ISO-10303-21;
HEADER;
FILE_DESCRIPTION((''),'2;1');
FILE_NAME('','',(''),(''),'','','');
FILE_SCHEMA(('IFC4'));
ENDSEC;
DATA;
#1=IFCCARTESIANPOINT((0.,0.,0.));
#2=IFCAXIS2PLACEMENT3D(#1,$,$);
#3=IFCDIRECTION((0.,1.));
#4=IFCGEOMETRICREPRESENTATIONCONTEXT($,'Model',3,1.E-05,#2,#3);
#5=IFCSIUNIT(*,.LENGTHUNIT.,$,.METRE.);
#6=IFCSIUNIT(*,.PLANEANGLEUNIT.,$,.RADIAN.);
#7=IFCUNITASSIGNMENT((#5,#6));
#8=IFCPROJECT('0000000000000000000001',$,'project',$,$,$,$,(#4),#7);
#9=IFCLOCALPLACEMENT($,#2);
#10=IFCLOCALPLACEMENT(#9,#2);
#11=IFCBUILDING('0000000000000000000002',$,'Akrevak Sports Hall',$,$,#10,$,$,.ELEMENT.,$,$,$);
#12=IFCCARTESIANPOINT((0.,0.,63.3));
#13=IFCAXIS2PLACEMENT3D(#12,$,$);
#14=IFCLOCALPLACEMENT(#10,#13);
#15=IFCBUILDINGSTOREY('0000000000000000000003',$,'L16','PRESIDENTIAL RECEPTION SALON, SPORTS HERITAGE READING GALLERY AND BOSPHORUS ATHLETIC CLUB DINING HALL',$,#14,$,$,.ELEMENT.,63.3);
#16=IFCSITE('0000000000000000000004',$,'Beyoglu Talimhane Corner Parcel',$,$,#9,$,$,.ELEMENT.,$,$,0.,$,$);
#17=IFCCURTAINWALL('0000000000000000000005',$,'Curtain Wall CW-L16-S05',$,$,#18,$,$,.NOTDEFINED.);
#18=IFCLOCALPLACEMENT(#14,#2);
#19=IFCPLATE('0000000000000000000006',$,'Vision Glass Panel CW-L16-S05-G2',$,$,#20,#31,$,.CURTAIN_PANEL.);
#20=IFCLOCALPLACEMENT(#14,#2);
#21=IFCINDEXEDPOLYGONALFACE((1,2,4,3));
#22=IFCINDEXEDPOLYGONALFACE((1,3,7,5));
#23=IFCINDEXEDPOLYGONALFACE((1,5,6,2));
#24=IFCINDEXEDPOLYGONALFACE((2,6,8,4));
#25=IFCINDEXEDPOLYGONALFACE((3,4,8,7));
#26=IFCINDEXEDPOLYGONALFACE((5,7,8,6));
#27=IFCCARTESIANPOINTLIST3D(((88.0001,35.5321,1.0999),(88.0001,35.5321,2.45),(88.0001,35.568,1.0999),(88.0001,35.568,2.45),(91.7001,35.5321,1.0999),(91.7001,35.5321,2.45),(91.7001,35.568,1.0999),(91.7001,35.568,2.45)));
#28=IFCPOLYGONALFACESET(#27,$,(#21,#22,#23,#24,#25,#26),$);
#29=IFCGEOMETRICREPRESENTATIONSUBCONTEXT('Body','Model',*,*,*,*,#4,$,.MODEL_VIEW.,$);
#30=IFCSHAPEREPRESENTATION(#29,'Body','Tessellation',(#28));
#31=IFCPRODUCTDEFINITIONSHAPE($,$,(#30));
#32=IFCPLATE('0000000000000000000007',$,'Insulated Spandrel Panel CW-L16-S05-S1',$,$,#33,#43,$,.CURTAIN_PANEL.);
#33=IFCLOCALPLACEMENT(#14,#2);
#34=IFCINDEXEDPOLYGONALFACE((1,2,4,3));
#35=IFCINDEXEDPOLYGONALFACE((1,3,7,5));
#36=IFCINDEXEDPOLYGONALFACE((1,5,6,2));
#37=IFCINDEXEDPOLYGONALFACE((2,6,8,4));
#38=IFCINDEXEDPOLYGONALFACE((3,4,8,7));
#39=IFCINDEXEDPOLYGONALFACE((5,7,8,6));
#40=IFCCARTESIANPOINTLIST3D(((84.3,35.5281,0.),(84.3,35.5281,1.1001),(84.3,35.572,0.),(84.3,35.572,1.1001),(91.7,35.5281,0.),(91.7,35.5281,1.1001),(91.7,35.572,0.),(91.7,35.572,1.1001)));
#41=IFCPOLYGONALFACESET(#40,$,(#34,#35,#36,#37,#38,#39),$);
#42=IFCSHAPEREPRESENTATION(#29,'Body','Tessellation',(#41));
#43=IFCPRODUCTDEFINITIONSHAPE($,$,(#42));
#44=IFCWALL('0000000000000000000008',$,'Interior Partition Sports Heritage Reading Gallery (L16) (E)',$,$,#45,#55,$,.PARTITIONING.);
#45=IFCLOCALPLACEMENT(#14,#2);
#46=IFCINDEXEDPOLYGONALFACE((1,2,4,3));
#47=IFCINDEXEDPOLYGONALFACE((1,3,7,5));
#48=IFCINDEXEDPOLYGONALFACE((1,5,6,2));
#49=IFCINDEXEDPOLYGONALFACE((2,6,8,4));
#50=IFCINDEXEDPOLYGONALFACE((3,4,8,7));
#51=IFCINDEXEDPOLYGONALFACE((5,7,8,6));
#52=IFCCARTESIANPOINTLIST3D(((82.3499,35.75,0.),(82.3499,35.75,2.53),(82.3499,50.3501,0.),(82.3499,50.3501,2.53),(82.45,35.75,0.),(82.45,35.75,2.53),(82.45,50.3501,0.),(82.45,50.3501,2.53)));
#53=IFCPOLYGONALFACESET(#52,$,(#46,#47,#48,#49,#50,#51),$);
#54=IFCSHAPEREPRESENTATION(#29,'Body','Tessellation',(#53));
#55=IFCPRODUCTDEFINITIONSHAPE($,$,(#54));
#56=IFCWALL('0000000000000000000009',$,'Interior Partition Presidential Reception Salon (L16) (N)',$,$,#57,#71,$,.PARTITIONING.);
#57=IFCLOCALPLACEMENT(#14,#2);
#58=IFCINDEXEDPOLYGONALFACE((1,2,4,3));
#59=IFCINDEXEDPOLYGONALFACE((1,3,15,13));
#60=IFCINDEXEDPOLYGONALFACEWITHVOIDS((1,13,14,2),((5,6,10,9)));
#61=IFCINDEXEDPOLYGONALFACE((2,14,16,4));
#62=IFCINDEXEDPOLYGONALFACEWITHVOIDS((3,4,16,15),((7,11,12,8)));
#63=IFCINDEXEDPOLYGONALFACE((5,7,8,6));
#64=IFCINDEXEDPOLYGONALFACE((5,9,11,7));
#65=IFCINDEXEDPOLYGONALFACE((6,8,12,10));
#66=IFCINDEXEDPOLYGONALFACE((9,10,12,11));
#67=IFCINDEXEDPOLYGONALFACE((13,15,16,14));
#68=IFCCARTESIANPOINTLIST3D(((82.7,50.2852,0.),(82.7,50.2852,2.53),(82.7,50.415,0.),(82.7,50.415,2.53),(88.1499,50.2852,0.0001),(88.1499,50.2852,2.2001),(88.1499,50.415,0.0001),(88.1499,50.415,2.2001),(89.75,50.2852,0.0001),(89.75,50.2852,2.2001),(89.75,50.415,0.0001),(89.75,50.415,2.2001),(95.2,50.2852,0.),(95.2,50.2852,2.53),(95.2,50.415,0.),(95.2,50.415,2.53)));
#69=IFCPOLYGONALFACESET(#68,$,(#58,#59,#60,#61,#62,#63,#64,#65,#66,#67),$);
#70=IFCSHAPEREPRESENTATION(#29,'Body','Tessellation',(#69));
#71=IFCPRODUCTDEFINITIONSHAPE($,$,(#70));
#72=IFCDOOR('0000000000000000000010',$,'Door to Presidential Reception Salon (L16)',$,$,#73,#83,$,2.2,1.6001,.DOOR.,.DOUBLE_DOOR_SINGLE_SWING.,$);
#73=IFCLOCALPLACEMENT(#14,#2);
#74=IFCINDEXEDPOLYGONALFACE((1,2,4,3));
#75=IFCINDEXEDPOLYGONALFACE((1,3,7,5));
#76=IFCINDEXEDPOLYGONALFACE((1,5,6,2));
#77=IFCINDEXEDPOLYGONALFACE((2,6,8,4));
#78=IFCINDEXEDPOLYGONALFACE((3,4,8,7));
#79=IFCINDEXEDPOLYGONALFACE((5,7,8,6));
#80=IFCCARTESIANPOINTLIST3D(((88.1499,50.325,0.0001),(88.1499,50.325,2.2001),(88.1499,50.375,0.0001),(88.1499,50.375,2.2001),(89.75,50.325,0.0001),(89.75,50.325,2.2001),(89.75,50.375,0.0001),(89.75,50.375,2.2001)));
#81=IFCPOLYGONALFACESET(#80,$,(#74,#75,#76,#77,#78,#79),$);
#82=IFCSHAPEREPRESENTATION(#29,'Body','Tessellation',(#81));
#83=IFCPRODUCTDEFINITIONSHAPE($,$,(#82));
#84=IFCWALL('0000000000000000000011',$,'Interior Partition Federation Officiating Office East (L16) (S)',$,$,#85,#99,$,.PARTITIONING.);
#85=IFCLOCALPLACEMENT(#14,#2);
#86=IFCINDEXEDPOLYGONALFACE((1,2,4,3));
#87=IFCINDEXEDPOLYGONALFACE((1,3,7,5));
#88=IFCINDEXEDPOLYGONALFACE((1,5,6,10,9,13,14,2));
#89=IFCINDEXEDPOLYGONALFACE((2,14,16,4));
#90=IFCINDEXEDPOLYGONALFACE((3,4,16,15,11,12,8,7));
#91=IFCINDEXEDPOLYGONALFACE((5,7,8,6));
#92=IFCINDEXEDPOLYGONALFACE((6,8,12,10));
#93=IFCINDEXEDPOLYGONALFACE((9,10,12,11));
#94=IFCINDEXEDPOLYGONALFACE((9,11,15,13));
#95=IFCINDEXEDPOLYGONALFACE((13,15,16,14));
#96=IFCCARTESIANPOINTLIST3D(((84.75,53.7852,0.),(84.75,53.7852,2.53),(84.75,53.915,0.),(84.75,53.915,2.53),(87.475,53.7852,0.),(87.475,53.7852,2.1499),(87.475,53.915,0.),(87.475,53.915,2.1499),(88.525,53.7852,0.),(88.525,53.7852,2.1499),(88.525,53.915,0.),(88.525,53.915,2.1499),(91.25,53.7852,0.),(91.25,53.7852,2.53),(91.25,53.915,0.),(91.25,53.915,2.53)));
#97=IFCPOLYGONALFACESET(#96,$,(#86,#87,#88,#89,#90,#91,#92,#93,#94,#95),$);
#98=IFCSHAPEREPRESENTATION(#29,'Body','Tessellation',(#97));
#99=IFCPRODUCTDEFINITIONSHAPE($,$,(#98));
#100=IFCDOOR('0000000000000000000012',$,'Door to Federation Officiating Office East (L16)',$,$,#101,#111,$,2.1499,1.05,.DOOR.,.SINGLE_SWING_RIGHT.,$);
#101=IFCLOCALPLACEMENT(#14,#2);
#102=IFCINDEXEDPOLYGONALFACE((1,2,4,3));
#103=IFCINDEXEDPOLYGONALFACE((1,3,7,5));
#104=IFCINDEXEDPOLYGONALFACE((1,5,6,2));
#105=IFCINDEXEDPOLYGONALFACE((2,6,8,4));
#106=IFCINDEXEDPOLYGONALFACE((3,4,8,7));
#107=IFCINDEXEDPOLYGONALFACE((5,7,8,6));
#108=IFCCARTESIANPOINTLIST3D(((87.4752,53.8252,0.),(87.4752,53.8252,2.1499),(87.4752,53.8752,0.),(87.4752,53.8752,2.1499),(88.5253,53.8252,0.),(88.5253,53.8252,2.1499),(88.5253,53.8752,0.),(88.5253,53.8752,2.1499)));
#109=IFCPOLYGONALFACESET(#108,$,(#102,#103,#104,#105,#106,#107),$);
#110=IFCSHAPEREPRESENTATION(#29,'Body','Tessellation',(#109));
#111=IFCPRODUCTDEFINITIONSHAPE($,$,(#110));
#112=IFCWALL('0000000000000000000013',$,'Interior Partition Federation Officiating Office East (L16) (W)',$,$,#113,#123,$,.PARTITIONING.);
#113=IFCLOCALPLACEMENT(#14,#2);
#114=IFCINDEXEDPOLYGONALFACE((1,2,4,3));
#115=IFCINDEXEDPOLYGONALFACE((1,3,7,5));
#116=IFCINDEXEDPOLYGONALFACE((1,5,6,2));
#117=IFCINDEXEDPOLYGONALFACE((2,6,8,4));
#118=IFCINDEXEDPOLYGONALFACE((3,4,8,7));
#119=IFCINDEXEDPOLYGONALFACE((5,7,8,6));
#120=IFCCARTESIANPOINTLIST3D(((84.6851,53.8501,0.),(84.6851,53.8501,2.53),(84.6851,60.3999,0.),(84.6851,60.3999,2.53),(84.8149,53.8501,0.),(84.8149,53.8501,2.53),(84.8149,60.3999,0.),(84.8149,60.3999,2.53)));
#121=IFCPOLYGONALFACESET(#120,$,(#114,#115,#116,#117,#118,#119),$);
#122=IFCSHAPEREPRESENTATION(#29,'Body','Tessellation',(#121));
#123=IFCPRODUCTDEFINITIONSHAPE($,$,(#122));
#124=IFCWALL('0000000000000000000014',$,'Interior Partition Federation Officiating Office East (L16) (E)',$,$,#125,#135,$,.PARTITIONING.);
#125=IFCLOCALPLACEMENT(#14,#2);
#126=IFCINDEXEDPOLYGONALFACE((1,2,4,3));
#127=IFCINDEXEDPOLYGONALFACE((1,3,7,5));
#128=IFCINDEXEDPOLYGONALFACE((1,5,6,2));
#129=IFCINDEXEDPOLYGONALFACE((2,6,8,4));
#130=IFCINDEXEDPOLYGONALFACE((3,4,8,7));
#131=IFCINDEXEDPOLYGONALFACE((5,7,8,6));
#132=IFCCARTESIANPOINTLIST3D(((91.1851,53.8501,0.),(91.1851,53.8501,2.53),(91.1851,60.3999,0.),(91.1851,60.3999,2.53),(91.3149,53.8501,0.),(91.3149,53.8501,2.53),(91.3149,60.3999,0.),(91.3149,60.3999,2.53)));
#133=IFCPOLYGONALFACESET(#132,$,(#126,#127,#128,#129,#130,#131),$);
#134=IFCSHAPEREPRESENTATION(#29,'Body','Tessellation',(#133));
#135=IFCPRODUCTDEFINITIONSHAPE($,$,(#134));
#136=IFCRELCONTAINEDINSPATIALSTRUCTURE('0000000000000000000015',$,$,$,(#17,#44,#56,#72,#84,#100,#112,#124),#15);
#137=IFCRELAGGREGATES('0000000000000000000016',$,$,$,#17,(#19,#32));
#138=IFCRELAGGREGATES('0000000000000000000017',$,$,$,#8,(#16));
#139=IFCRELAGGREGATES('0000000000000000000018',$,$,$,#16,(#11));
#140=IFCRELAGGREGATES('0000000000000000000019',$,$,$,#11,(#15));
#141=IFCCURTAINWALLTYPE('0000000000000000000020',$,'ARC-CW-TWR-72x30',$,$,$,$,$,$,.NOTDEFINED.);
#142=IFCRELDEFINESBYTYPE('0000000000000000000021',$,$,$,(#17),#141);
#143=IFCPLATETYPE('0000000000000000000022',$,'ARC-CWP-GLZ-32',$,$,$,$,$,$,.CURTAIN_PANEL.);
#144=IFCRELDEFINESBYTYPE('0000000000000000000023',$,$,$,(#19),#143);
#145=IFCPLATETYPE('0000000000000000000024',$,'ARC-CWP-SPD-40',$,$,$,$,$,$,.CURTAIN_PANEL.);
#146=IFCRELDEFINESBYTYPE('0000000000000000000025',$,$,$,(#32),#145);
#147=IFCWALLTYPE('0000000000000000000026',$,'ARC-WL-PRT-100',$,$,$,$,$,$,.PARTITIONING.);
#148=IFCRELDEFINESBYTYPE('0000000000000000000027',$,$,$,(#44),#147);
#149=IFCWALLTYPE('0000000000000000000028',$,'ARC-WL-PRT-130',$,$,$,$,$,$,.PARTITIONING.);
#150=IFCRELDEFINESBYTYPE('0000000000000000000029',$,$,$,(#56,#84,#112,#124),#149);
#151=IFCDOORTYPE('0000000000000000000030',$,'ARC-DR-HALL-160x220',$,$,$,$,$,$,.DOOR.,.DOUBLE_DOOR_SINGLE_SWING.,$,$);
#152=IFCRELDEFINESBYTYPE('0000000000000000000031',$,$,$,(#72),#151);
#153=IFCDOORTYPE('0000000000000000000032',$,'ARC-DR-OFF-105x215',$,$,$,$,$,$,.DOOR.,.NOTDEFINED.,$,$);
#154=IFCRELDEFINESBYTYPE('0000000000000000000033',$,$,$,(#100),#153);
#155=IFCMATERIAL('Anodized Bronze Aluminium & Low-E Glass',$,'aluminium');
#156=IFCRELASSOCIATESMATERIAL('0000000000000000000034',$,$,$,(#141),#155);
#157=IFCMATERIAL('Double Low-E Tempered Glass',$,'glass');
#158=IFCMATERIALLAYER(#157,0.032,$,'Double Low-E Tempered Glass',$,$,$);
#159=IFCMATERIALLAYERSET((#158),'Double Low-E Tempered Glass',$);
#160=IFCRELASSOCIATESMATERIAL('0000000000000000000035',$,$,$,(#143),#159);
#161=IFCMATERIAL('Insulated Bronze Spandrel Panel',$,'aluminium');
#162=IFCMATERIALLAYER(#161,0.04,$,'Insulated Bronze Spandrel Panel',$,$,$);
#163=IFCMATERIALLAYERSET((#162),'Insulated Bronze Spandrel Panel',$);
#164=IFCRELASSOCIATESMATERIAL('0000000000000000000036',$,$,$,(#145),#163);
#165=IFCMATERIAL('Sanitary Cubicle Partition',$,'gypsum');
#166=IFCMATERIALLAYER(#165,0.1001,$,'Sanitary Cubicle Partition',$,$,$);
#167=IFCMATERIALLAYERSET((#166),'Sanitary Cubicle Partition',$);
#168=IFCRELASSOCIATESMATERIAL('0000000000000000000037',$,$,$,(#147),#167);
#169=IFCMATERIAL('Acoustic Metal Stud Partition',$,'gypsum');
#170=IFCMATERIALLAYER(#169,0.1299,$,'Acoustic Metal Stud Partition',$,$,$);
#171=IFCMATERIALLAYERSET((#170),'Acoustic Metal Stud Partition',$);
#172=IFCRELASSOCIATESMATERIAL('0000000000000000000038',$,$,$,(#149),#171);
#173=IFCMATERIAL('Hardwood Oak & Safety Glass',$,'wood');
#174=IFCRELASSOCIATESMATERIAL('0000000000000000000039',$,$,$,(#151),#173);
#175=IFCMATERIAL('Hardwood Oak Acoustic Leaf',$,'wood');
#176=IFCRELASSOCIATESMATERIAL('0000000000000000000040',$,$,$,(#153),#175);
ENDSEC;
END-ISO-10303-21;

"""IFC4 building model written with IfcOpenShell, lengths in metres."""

from ifc_helpers import new_model, si_unit, direction, frame, frame_2d, origin, origin_2d, place, context, subcontext, project, spatial, rectangle, extrude, material, layer, layer_set, type_object, element, fill, aggregate, save


model = new_model("IFC4")

# Units and contexts
model_context = context("Model", 3, precision=1e-05, world=origin(), true_north=direction((0.0, 1.0)))
body_context = subcontext(model_context, "Body", "Model", "MODEL_VIEW")
ifc_project = project(units=[si_unit("LENGTHUNIT", "METRE"), si_unit("PLANEANGLEUNIT", "RADIAN")], contexts=[model_context])

# Site, building, storey
site_placement = place(None, origin())
site = spatial("IfcSite", under=ifc_project, at=site_placement, Name="Beyoglu Talimhane Corner Parcel", CompositionType="ELEMENT", RefElevation=0.0)
building_placement = place(site_placement, origin())
building = spatial("IfcBuilding", under=site, at=building_placement, Name="Akrevak Sports Hall", CompositionType="ELEMENT")
storey_placement = place(building_placement, frame((0.0, 0.0, 63.3)))
storey = spatial("IfcBuildingStorey", under=building, at=storey_placement, Name="L16", Description="PRESIDENTIAL RECEPTION SALON, SPORTS HERITAGE READING GALLERY AND BOSPHORUS ATHLETIC CLUB DINING HALL", CompositionType="ELEMENT", Elevation=63.3)

# Curtain wall
ifc_material_1 = material(Name="Anodized Bronze Aluminium & Low-E Glass", Category="aluminium")
curtain_wall_type = type_object("IfcCurtainWallType", Name="ARC-CW-TWR-72x30", PredefinedType="NOTDEFINED", material=ifc_material_1)
curtain_wall_placement = place(storey_placement, origin())
curtain_wall = element("IfcCurtainWall", 1, at=curtain_wall_placement, inside=storey, type_object=curtain_wall_type, Name="Curtain Wall CW-L16-S05", PredefinedType="NOTDEFINED")

# Plates
ifc_material_2 = material(Name="Double Low-E Tempered Glass", Category="glass")
ifc_layer_1 = layer(ifc_material_2, 0.032, Name="Double Low-E Tempered Glass")
ifc_layer_set_1 = layer_set([ifc_layer_1], Name="Double Low-E Tempered Glass")
plate_type_1 = type_object("IfcPlateType", Name="ARC-CWP-GLZ-32", PredefinedType="CURTAIN_PANEL", material=ifc_layer_set_1)
plate_1_placement = place(storey_placement, frame((89.8501, 35.55, 1.0999), z_axis=(0.0, 0.0, 1.0), x_axis=(1.0, 0.0, 0.0)))
plate_1 = element("IfcPlate", 2, at=plate_1_placement, type_object=plate_type_1, Name="Vision Glass Panel CW-L16-S05-G2", PredefinedType="CURTAIN_PANEL", context=body_context, shape_type="SweptSolid", body=[
    extrude(rectangle(XDim=3.7, YDim=0.0359, at=origin_2d()), origin(), (0.0, 0.0, 1.0), 1.3501),
])
ifc_material_3 = material(Name="Insulated Bronze Spandrel Panel", Category="aluminium")
ifc_layer_2 = layer(ifc_material_3, 0.04, Name="Insulated Bronze Spandrel Panel")
ifc_layer_set_2 = layer_set([ifc_layer_2], Name="Insulated Bronze Spandrel Panel")
plate_type_2 = type_object("IfcPlateType", Name="ARC-CWP-SPD-40", PredefinedType="CURTAIN_PANEL", material=ifc_layer_set_2)
plate_2_placement = place(storey_placement, frame((88.0, 35.55, 0.0), z_axis=(0.0, 0.0, 1.0), x_axis=(1.0, 0.0, 0.0)))
plate_2 = element("IfcPlate", 3, at=plate_2_placement, type_object=plate_type_2, Name="Insulated Spandrel Panel CW-L16-S05-S1", PredefinedType="CURTAIN_PANEL", context=body_context, shape_type="SweptSolid", body=[
    extrude(rectangle(XDim=7.3999, YDim=0.0439, at=origin_2d()), origin(), (0.0, 0.0, 1.0), 1.1001),
])
aggregate(curtain_wall, [plate_1, plate_2])

# Wall
ifc_material_4 = material(Name="Sanitary Cubicle Partition", Category="gypsum")
ifc_layer_3 = layer(ifc_material_4, 0.1001, Name="Sanitary Cubicle Partition")
ifc_layer_set_3 = layer_set([ifc_layer_3], Name="Sanitary Cubicle Partition")
wall_type_1 = type_object("IfcWallType", Name="ARC-WL-PRT-100", PredefinedType="PARTITIONING", material=ifc_layer_set_3)
wall_1_placement = place(storey_placement, frame((82.3999, 35.75, 0.0), z_axis=(0.0, 0.0, 1.0), x_axis=(0.0, 1.0, 0.0)))
element("IfcWall", 4, at=wall_1_placement, inside=storey, type_object=wall_type_1, Name="Interior Partition Sports Heritage Reading Gallery (L16) (E)", PredefinedType="PARTITIONING", context=body_context, shape_type="SweptSolid", body=[
    extrude(rectangle(XDim=14.6001, YDim=0.1001, at=frame_2d((7.3, 0.0))), origin(), (0.0, 0.0, 1.0), 2.53),
])

# Walls, openings, doors
ifc_material_5 = material(Name="Acoustic Metal Stud Partition", Category="gypsum")
ifc_layer_4 = layer(ifc_material_5, 0.1299, Name="Acoustic Metal Stud Partition")
ifc_layer_set_4 = layer_set([ifc_layer_4], Name="Acoustic Metal Stud Partition")
wall_type_2 = type_object("IfcWallType", Name="ARC-WL-PRT-130", PredefinedType="PARTITIONING", material=ifc_layer_set_4)
wall_2_placement = place(storey_placement, frame((82.7, 50.3501, 0.0), z_axis=(0.0, 0.0, 1.0), x_axis=(1.0, 0.0, 0.0)))
wall_2 = element("IfcWall", 5, at=wall_2_placement, inside=storey, type_object=wall_type_2, Name="Interior Partition Presidential Reception Salon (L16) (N)", PredefinedType="PARTITIONING", context=body_context, shape_type="SweptSolid", body=[
    extrude(rectangle(XDim=12.5, YDim=0.1299, at=frame_2d((6.25, 0.0))), origin(), (0.0, 0.0, 1.0), 2.53),
])
opening_1_placement = place(wall_2_placement, frame((5.45, 0.0, 0.0)))
opening_1 = element("IfcOpeningElement", 6, at=opening_1_placement, cuts=wall_2, PredefinedType="OPENING", context=body_context, shape_type="SweptSolid", body=[
    extrude(rectangle(XDim=1.6001, YDim=2.2, at=frame_2d((0.8, 1.1001))), frame((0.0, 0.0769, 0.0), z_axis=(0.0, -1.0, 0.0), x_axis=(1.0, 0.0, 0.0)), (0.0, 0.0, 1.0), 0.1538),
])
ifc_material_6 = material(Name="Hardwood Oak & Safety Glass", Category="wood")
door_type_1 = type_object("IfcDoorType", Name="ARC-DR-HALL-160x220", OperationType="DOUBLE_DOOR_SINGLE_SWING", PredefinedType="DOOR", material=ifc_material_6)
door_1_placement = place(opening_1_placement, origin())
door_1 = element("IfcDoor", 7, at=door_1_placement, inside=storey, type_object=door_type_1, Name="Door to Presidential Reception Salon (L16)", OperationType="DOUBLE_DOOR_SINGLE_SWING", OverallHeight=2.2, OverallWidth=1.6001, PredefinedType="DOOR", context=body_context, shape_type="SweptSolid", body=[
    extrude(rectangle(XDim=1.6001, YDim=2.2, at=frame_2d((0.8, 1.1001))), frame((0.0, 0.0249, 0.0), z_axis=(0.0, -1.0, 0.0), x_axis=(1.0, 0.0, 0.0)), (0.0, 0.0, 1.0), 0.05),
])
fill(opening_1, door_1)
wall_3_placement = place(storey_placement, frame((84.75, 53.8501, 0.0), z_axis=(0.0, 0.0, 1.0), x_axis=(1.0, 0.0, 0.0)))
wall_3 = element("IfcWall", 8, at=wall_3_placement, inside=storey, type_object=wall_type_2, Name="Interior Partition Federation Officiating Office East (L16) (S)", PredefinedType="PARTITIONING", context=body_context, shape_type="SweptSolid", body=[
    extrude(rectangle(XDim=6.5, YDim=0.1299, at=frame_2d((3.25, 0.0))), origin(), (0.0, 0.0, 1.0), 2.53),
])
opening_2_placement = place(wall_3_placement, frame((2.7251, 0.0, 0.0)))
opening_2 = element("IfcOpeningElement", 9, at=opening_2_placement, cuts=wall_3, PredefinedType="OPENING", context=body_context, shape_type="SweptSolid", body=[
    extrude(rectangle(XDim=1.05, YDim=2.1499, at=frame_2d((0.5249, 1.075))), frame((0.0, 0.0769, 0.0), z_axis=(0.0, -1.0, 0.0), x_axis=(1.0, 0.0, 0.0)), (0.0, 0.0, 1.0), 0.1538),
])
ifc_material_7 = material(Name="Hardwood Oak Acoustic Leaf", Category="wood")
door_type_2 = type_object("IfcDoorType", Name="ARC-DR-OFF-105x215", OperationType="NOTDEFINED", PredefinedType="DOOR", material=ifc_material_7)
door_2_placement = place(opening_2_placement, frame((1.05, 0.0, 0.0), z_axis=(0.0, 0.0, 1.0), x_axis=(-1.0, 0.0, 0.0)))
door_2 = element("IfcDoor", 10, at=door_2_placement, inside=storey, type_object=door_type_2, Name="Door to Federation Officiating Office East (L16)", OperationType="SINGLE_SWING_RIGHT", OverallHeight=2.1499, OverallWidth=1.05, PredefinedType="DOOR", context=body_context, shape_type="SweptSolid", body=[
    extrude(rectangle(XDim=1.05, YDim=2.1499, at=frame_2d((0.5249, 1.075))), frame((0.0, 0.0249, 0.0), z_axis=(0.0, -1.0, 0.0), x_axis=(1.0, 0.0, 0.0)), (0.0, 0.0, 1.0), 0.05),
])
fill(opening_2, door_2)

# Walls
for number, where, z_axis, x_axis, name in (
    (11, (84.75, 53.8501, 0.0), (0.0, 0.0, 1.0), (0.0, 1.0, 0.0), "Interior Partition Federation Officiating Office East (L16) (W)"),
    (12, (91.25, 53.8501, 0.0), (0.0, 0.0, 1.0), (0.0, 1.0, 0.0), "Interior Partition Federation Officiating Office East (L16) (E)"),
):
    element("IfcWall", number, at=place(storey_placement, frame(where, z_axis=z_axis, x_axis=x_axis)), inside=storey, type_object=wall_type_2, Name=name, PredefinedType="PARTITIONING", context=body_context, shape_type="SweptSolid", body=[
        extrude(rectangle(XDim=6.5498, YDim=0.1299, at=frame_2d((3.2749, 0.0))), origin(), (0.0, 0.0, 1.0), 2.53),
    ])

save(model, "model.ifc")
